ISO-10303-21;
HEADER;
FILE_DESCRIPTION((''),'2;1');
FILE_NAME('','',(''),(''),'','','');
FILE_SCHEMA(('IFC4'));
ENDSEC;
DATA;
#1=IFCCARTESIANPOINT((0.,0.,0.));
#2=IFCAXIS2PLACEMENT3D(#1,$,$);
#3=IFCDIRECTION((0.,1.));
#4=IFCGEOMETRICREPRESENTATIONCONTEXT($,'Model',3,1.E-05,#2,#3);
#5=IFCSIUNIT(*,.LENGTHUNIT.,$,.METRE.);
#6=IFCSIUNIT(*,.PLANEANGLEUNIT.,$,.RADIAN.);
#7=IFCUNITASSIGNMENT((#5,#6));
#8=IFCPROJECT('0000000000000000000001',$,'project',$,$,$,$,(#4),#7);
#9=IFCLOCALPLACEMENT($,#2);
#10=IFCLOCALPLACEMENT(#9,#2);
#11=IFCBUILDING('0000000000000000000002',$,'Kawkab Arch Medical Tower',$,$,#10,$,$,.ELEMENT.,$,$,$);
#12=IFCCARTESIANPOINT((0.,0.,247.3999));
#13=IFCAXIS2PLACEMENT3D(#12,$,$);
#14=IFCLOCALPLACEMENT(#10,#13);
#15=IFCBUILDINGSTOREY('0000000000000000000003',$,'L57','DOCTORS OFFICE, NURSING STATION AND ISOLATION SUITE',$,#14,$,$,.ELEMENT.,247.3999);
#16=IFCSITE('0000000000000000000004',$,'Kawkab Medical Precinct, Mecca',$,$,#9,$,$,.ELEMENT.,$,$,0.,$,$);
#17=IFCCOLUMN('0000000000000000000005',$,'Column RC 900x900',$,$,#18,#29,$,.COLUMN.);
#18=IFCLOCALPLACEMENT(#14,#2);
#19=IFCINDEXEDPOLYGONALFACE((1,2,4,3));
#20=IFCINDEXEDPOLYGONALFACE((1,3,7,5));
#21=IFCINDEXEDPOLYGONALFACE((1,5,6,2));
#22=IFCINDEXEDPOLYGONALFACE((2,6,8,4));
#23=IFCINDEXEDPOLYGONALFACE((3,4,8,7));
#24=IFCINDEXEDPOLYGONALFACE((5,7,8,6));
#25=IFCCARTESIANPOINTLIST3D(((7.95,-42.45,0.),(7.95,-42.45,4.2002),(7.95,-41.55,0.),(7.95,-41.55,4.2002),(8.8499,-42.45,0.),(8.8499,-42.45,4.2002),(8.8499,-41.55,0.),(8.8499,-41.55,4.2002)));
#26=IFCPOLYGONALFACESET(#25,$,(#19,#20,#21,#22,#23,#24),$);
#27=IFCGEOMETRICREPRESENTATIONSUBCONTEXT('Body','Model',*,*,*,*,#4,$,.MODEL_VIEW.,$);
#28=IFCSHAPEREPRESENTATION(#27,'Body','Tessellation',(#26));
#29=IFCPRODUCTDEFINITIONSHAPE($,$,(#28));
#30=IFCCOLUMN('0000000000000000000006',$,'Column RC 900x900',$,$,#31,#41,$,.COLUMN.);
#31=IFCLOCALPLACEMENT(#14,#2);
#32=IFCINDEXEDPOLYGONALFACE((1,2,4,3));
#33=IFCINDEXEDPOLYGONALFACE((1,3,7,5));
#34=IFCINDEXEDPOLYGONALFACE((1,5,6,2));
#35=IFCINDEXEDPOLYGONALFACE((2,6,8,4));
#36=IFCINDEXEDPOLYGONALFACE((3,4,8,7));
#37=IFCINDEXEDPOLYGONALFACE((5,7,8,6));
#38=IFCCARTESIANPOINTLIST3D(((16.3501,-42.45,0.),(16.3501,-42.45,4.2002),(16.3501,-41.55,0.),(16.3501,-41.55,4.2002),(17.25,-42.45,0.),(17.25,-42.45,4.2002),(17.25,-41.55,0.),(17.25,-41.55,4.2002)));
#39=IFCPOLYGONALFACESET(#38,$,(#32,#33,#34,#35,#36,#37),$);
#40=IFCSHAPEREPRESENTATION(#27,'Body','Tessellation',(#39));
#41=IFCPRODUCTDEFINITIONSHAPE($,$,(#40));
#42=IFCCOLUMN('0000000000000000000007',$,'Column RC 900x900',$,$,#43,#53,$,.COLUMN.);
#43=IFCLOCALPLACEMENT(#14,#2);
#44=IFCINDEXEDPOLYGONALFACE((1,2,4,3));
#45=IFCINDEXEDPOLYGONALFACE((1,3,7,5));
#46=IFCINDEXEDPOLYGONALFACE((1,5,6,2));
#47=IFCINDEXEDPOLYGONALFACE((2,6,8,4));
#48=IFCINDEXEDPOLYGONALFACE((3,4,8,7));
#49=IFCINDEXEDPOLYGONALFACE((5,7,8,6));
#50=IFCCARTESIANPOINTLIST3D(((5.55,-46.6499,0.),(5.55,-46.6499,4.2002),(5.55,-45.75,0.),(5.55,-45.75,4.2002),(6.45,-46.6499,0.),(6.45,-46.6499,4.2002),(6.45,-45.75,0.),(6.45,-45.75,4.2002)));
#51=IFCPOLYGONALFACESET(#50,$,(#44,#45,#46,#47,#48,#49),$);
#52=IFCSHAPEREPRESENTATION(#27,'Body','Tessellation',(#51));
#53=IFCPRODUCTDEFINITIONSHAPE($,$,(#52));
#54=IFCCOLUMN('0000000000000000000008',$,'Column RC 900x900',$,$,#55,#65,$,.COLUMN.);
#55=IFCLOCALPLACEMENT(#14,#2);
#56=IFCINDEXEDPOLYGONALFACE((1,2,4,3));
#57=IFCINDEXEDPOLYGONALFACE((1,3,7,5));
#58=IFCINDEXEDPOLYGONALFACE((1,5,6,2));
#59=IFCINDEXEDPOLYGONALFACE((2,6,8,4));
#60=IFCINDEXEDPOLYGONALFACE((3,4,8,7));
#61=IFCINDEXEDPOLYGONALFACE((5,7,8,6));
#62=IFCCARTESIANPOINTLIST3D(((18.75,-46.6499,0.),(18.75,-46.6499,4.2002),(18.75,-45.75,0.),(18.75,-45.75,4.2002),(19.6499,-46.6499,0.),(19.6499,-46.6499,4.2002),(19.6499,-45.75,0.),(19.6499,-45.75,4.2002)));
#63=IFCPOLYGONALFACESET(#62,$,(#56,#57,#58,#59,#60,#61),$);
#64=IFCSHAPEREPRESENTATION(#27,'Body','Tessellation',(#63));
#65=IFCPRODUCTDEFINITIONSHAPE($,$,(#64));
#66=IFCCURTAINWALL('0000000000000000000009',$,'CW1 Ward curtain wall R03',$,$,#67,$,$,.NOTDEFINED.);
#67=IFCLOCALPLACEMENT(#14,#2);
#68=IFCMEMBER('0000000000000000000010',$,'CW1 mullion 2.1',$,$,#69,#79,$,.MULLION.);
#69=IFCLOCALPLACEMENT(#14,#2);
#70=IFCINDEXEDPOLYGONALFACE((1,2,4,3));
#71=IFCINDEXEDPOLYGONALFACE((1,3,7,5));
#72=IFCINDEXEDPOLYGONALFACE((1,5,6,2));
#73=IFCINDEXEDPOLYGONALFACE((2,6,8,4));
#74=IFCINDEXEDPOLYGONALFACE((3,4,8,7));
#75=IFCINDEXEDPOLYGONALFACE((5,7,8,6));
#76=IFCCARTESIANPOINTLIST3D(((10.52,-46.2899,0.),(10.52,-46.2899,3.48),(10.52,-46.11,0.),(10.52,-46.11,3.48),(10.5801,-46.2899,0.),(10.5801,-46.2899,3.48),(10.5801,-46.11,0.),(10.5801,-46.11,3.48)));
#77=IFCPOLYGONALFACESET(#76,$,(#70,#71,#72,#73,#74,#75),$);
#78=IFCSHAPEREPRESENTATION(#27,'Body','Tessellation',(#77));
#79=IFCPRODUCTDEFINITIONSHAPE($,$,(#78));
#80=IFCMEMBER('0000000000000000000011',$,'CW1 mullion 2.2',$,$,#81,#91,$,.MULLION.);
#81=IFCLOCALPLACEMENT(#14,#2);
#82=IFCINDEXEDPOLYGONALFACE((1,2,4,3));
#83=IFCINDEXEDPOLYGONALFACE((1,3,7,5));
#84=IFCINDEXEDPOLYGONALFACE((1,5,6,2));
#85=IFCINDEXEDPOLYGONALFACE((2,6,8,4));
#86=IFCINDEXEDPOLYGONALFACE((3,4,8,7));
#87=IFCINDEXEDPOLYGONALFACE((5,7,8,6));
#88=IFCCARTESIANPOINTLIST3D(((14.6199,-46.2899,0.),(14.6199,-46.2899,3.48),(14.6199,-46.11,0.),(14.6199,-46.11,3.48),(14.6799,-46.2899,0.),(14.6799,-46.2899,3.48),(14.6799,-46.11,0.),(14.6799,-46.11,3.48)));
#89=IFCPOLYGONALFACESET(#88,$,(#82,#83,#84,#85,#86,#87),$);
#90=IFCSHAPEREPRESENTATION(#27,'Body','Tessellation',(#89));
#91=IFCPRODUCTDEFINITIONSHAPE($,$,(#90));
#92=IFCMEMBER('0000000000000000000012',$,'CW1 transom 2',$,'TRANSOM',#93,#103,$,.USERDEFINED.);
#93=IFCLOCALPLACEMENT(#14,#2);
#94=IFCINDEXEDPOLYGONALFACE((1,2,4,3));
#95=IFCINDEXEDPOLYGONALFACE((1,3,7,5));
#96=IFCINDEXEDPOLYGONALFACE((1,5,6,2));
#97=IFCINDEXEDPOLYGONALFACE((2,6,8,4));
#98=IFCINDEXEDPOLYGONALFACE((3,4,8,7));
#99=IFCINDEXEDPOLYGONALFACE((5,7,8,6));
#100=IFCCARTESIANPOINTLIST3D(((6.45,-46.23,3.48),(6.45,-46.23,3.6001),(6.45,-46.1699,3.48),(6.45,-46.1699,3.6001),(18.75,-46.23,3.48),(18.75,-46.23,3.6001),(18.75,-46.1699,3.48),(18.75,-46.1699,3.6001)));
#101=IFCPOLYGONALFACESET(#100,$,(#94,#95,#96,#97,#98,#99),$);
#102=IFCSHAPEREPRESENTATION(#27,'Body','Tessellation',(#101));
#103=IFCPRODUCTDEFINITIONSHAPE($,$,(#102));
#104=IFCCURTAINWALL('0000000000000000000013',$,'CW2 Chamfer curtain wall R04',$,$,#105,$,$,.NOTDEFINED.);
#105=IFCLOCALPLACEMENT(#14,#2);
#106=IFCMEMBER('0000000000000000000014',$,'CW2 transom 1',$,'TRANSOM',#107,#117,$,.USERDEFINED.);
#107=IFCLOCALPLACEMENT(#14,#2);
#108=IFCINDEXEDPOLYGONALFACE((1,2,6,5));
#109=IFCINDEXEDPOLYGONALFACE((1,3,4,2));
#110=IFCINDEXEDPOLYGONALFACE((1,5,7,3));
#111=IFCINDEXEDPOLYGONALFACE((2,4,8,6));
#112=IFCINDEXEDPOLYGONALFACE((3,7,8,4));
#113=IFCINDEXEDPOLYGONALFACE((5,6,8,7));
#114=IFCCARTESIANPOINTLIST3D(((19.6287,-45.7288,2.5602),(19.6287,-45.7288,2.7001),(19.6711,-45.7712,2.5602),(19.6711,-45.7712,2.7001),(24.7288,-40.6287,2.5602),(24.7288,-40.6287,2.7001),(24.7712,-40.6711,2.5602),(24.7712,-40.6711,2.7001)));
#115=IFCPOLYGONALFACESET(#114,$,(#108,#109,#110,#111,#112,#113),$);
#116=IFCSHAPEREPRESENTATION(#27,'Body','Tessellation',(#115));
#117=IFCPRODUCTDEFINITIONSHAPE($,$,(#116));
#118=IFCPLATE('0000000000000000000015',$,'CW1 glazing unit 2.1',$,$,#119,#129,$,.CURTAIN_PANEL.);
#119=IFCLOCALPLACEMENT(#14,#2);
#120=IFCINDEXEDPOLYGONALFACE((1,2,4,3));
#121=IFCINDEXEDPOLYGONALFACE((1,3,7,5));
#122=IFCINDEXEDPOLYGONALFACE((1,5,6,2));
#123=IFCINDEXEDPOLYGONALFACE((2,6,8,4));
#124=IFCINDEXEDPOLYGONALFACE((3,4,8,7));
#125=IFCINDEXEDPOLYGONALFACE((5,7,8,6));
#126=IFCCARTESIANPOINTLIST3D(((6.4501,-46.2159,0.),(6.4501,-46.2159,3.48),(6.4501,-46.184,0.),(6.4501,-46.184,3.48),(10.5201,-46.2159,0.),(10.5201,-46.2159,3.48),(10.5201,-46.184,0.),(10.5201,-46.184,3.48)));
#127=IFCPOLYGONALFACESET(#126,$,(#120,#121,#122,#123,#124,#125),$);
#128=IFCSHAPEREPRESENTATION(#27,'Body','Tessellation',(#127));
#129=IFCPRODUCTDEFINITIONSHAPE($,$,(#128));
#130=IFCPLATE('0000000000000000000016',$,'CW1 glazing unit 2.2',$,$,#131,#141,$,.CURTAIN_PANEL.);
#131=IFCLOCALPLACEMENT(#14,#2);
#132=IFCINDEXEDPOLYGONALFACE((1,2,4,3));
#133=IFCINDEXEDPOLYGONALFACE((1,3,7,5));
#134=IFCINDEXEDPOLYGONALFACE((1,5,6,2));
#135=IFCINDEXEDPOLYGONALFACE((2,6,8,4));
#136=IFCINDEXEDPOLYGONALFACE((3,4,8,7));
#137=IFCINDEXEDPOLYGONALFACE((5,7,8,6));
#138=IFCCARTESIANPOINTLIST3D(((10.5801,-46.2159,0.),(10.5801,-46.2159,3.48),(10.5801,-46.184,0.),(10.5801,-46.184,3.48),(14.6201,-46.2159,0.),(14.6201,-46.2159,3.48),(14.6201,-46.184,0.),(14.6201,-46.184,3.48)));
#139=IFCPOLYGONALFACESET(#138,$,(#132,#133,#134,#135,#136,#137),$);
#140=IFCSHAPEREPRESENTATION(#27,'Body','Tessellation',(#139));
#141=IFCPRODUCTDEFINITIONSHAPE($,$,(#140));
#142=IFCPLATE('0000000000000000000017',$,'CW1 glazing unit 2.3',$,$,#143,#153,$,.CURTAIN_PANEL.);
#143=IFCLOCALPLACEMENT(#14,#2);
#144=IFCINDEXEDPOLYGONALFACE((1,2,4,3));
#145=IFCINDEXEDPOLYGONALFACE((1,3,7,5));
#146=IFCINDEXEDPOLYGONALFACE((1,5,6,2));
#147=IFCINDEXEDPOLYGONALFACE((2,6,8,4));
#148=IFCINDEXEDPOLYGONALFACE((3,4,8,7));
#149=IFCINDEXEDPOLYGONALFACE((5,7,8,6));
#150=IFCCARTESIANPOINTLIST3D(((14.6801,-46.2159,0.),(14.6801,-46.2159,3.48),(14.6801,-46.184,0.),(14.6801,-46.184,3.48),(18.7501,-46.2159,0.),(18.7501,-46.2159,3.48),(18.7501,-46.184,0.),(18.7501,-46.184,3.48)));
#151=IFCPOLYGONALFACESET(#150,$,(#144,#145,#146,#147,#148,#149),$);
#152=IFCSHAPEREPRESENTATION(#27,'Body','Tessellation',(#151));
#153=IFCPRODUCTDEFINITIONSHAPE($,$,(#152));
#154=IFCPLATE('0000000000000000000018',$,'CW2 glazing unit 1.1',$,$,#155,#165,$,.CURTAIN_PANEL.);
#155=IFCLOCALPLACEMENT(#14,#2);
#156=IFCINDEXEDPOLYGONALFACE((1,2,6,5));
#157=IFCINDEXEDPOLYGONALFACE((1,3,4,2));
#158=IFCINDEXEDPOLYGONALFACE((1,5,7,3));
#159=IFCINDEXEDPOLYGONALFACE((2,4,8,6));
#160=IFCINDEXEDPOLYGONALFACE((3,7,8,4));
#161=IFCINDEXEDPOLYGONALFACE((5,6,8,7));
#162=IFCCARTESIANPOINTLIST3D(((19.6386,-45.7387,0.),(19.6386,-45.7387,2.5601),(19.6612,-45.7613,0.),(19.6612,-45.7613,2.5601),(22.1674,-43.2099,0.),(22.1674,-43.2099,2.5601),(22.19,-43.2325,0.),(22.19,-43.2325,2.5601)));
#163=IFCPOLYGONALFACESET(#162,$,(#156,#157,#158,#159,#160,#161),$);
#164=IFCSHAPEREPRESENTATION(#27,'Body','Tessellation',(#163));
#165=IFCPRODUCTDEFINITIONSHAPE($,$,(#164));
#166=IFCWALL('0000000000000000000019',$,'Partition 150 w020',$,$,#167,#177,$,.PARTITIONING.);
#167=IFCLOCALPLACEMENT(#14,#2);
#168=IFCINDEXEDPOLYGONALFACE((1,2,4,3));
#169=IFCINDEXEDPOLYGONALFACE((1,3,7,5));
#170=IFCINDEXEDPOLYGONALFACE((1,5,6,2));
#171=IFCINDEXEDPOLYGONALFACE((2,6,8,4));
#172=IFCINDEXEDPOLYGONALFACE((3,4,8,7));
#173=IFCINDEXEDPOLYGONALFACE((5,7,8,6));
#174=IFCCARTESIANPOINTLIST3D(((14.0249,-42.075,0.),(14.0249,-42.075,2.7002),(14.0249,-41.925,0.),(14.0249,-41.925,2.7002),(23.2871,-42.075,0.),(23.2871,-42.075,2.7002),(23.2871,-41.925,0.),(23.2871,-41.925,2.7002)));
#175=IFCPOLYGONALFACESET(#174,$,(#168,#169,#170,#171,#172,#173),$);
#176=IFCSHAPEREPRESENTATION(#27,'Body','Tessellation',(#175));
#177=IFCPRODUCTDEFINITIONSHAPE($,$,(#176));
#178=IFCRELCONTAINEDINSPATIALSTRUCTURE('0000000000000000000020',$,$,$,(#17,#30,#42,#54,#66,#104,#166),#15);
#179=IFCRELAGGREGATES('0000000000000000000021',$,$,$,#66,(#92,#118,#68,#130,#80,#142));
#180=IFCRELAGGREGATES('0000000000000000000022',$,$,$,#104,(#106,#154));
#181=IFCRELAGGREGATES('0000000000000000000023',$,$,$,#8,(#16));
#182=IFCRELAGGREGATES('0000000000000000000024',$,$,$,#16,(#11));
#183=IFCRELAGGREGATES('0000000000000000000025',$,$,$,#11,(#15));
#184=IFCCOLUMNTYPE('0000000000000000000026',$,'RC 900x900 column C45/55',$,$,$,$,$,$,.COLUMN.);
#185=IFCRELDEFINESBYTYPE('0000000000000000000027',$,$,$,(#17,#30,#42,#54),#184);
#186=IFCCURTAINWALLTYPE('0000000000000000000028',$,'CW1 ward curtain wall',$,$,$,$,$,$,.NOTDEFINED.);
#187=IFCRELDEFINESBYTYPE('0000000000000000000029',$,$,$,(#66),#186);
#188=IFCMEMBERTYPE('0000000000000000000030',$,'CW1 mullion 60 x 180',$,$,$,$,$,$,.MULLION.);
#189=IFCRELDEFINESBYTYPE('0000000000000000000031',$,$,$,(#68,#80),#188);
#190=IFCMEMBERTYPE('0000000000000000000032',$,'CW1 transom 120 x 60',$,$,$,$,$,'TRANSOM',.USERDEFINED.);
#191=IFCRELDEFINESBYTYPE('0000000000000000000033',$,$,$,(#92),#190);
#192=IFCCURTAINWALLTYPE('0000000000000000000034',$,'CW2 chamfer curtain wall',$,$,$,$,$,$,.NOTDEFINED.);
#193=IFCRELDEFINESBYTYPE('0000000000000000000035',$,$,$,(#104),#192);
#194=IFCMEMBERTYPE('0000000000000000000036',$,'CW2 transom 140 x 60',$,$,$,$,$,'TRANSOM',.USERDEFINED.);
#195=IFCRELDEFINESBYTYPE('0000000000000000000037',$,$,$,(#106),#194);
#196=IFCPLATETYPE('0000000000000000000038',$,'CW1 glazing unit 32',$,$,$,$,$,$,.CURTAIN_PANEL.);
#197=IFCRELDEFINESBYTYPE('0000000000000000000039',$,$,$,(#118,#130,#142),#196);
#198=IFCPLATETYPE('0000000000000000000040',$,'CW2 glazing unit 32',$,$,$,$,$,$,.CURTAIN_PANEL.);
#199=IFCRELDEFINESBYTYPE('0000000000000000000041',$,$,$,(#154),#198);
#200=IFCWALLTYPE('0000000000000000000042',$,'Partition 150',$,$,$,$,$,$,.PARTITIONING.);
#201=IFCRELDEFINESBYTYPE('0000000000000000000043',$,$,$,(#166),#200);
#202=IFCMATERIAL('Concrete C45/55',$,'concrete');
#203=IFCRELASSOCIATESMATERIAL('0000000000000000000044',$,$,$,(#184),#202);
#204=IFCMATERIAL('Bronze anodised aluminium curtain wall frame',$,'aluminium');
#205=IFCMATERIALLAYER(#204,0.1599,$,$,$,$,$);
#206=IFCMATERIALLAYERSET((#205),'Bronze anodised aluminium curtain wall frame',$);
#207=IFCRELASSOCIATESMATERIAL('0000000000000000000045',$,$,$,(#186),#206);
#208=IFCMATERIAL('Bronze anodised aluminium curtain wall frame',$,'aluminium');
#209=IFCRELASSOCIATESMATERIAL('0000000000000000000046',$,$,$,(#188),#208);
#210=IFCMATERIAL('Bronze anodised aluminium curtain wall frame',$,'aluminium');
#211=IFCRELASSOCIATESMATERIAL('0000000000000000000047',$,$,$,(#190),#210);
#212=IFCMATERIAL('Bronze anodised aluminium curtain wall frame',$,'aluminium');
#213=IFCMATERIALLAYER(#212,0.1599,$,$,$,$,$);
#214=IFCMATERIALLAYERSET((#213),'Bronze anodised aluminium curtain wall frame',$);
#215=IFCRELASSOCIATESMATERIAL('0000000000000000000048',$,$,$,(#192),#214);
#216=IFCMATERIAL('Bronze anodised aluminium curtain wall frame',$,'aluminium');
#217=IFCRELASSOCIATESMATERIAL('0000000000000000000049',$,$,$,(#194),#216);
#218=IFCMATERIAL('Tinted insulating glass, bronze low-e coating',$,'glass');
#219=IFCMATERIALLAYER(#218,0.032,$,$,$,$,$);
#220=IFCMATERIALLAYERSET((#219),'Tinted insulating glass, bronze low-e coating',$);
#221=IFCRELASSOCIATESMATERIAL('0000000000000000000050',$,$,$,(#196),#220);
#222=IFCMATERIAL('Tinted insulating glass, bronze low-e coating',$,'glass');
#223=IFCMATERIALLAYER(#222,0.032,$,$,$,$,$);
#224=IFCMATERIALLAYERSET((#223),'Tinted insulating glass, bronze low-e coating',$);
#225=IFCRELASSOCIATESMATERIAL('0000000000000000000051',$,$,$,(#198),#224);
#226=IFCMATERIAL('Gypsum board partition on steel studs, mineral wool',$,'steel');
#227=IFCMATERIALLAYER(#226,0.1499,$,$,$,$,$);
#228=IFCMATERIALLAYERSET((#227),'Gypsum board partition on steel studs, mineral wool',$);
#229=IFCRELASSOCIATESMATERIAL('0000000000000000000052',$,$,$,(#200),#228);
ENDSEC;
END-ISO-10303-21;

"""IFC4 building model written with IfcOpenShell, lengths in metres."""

from ifc_helpers import new_model, si_unit, direction, frame, frame_2d, origin, origin_2d, place, context, subcontext, project, spatial, rectangle, extrude, material, layer, layer_set, material_profile, profile_set, type_object, element, aggregate, save


model = new_model("IFC4")

# Units and contexts
model_context = context("Model", 3, precision=1e-05, world=origin(), true_north=direction((0.0, 1.0)))
body_context = subcontext(model_context, "Body", "Model", "MODEL_VIEW")
ifc_project = project(units=[si_unit("LENGTHUNIT", "METRE"), si_unit("PLANEANGLEUNIT", "RADIAN")], contexts=[model_context])

# Site, building, storey
site_placement = place(None, origin())
site = spatial("IfcSite", under=ifc_project, at=site_placement, Name="Kawkab Medical Precinct, Mecca", CompositionType="ELEMENT", RefElevation=0.0)
building_placement = place(site_placement, origin())
building = spatial("IfcBuilding", under=site, at=building_placement, Name="Kawkab Arch Medical Tower", CompositionType="ELEMENT")
storey_placement = place(building_placement, frame((0.0, 0.0, 247.3999)))
storey = spatial("IfcBuildingStorey", under=building, at=storey_placement, Name="L57", Description="DOCTORS OFFICE, NURSING STATION AND ISOLATION SUITE", CompositionType="ELEMENT", Elevation=247.3999)

# Columns
ifc_material_1 = material(Name="Concrete C45/55", Category="concrete")
ifc_material_profile_1 = material_profile(ifc_material_1, rectangle(XDim=0.8999, YDim=0.8999, at=origin_2d()), Name="RC 900x900")
ifc_profile_set_1 = profile_set([ifc_material_profile_1], Name="Concrete C45/55")
column_type = type_object("IfcColumnType", Name="RC 900x900 column C45/55", PredefinedType="COLUMN", material=ifc_profile_set_1)
for number, where, z_axis, x_axis, name in (
    (1, (8.3999, -42.0, 0.0), (0.0, 0.0, 1.0), (1.0, 0.0, 0.0), "Column RC 900x900"),
    (2, (16.8, -42.0, 0.0), (0.0, 0.0, 1.0), (1.0, 0.0, 0.0), "Column RC 900x900"),
    (3, (6.0, -46.2, 0.0), (0.0, 0.0, 1.0), (1.0, 0.0, 0.0), "Column RC 900x900"),
    (4, (19.2, -46.2, 0.0), (0.0, 0.0, 1.0), (1.0, 0.0, 0.0), "Column RC 900x900"),
):
    element("IfcColumn", number, at=place(storey_placement, frame(where, z_axis=z_axis, x_axis=x_axis)), inside=storey, type_object=column_type, Name=name, PredefinedType="COLUMN", context=body_context, shape_type="SweptSolid", body=[
        extrude(rectangle(XDim=0.8999, YDim=0.8999, at=origin_2d()), origin(), (0.0, 0.0, 1.0), 4.2002),
    ])

# Curtain wall, members
ifc_material_2 = material(Name="Bronze anodised aluminium curtain wall frame", Category="aluminium")
ifc_layer_1 = layer(ifc_material_2, 0.1599)
ifc_layer_set_1 = layer_set([ifc_layer_1], Name="Bronze anodised aluminium curtain wall frame")
curtain_wall_type_1 = type_object("IfcCurtainWallType", Name="CW1 ward curtain wall", PredefinedType="NOTDEFINED", material=ifc_layer_set_1)
placement = place(storey_placement, origin())
curtain_wall_1 = element("IfcCurtainWall", 5, at=placement, inside=storey, type_object=curtain_wall_type_1, Name="CW1 Ward curtain wall R03", PredefinedType="NOTDEFINED")
ifc_material_3 = material(Name="Bronze anodised aluminium curtain wall frame", Category="aluminium")
ifc_material_profile_2 = material_profile(ifc_material_3, rectangle(XDim=0.1799, YDim=0.0601, at=origin_2d()), Name="AL 60x180")
ifc_profile_set_2 = profile_set([ifc_material_profile_2], Name="Bronze anodised aluminium curtain wall frame")
member_type_1 = type_object("IfcMemberType", Name="CW1 mullion 60 x 180", PredefinedType="MULLION", material=ifc_profile_set_2)
member_1_placement = place(storey_placement, frame((10.55, -46.2, 0.0), z_axis=(0.0, 0.0, 1.0), x_axis=(0.0, 1.0, 0.0)))
member_1 = element("IfcMember", 6, at=member_1_placement, type_object=member_type_1, Name="CW1 mullion 2.1", PredefinedType="MULLION", context=body_context, shape_type="SweptSolid", body=[
    extrude(rectangle(XDim=0.1799, YDim=0.0601, at=origin_2d()), origin(), (0.0, 0.0, 1.0), 3.48),
])
member_2_placement = place(storey_placement, frame((14.6499, -46.2, 0.0), z_axis=(0.0, 0.0, 1.0), x_axis=(0.0, 1.0, 0.0)))
member_2 = element("IfcMember", 7, at=member_2_placement, type_object=member_type_1, Name="CW1 mullion 2.2", PredefinedType="MULLION", context=body_context, shape_type="SweptSolid", body=[
    extrude(rectangle(XDim=0.1799, YDim=0.0601, at=origin_2d()), origin(), (0.0, 0.0, 1.0), 3.48),
])
ifc_material_4 = material(Name="Bronze anodised aluminium curtain wall frame", Category="aluminium")
ifc_material_profile_3 = material_profile(ifc_material_4, rectangle(XDim=0.0601, YDim=0.1201, at=origin_2d()), Name="AL 60x120")
ifc_profile_set_3 = profile_set([ifc_material_profile_3], Name="Bronze anodised aluminium curtain wall frame")
member_type_2 = type_object("IfcMemberType", Name="CW1 transom 120 x 60", ElementType="TRANSOM", PredefinedType="USERDEFINED", material=ifc_profile_set_3)
member_3_placement = place(storey_placement, frame((6.45, -46.2, 3.54), z_axis=(1.0, 0.0, 0.0), x_axis=(0.0, 1.0, 0.0)))
member_3 = element("IfcMember", 8, at=member_3_placement, type_object=member_type_2, Name="CW1 transom 2", ObjectType="TRANSOM", PredefinedType="USERDEFINED", context=body_context, shape_type="SweptSolid", body=[
    extrude(rectangle(XDim=0.0601, YDim=0.1201, at=origin_2d()), origin(), (0.0, 0.0, 1.0), 12.3),
])

# Curtain wall, member
ifc_material_5 = material(Name="Bronze anodised aluminium curtain wall frame", Category="aluminium")
ifc_layer_2 = layer(ifc_material_5, 0.1599)
ifc_layer_set_2 = layer_set([ifc_layer_2], Name="Bronze anodised aluminium curtain wall frame")
curtain_wall_type_2 = type_object("IfcCurtainWallType", Name="CW2 chamfer curtain wall", PredefinedType="NOTDEFINED", material=ifc_layer_set_2)
curtain_wall_2 = element("IfcCurtainWall", 9, at=placement, inside=storey, type_object=curtain_wall_type_2, Name="CW2 Chamfer curtain wall R04", PredefinedType="NOTDEFINED")
ifc_material_6 = material(Name="Bronze anodised aluminium curtain wall frame", Category="aluminium")
ifc_material_profile_4 = material_profile(ifc_material_6, rectangle(XDim=0.0601, YDim=0.1399, at=origin_2d()), Name="AL 60x140")
ifc_profile_set_4 = profile_set([ifc_material_profile_4], Name="Bronze anodised aluminium curtain wall frame")
member_type_3 = type_object("IfcMemberType", Name="CW2 transom 140 x 60", ElementType="TRANSOM", PredefinedType="USERDEFINED", material=ifc_profile_set_4)
member_4_placement = place(storey_placement, frame((19.6499, -45.75, 2.6301), z_axis=(0.707107, 0.707107, 0.0), x_axis=(-0.707107, 0.707107, 0.0)))
member_4 = element("IfcMember", 10, at=member_4_placement, type_object=member_type_3, Name="CW2 transom 1", ObjectType="TRANSOM", PredefinedType="USERDEFINED", context=body_context, shape_type="SweptSolid", body=[
    extrude(rectangle(XDim=0.0601, YDim=0.1399, at=origin_2d()), origin(), (0.0, 0.0, 1.0), 7.2126),
])

# Plates
ifc_material_7 = material(Name="Tinted insulating glass, bronze low-e coating", Category="glass")
ifc_layer_3 = layer(ifc_material_7, 0.032)
ifc_layer_set_3 = layer_set([ifc_layer_3], Name="Tinted insulating glass, bronze low-e coating")
plate_type_1 = type_object("IfcPlateType", Name="CW1 glazing unit 32", PredefinedType="CURTAIN_PANEL", material=ifc_layer_set_3)
plate_1_placement = place(storey_placement, frame((8.4851, -46.2, 0.0), z_axis=(0.0, 0.0, 1.0), x_axis=(1.0, 0.0, 0.0)))
plate_1 = element("IfcPlate", 11, at=plate_1_placement, type_object=plate_type_1, Name="CW1 glazing unit 2.1", PredefinedType="CURTAIN_PANEL", context=body_context, shape_type="SweptSolid", body=[
    extrude(rectangle(XDim=4.0701, YDim=0.032, at=origin_2d()), origin(), (0.0, 0.0, 1.0), 3.48),
])
plate_2_placement = place(storey_placement, frame((12.6001, -46.2, 0.0), z_axis=(0.0, 0.0, 1.0), x_axis=(1.0, 0.0, 0.0)))
plate_2 = element("IfcPlate", 12, at=plate_2_placement, type_object=plate_type_1, Name="CW1 glazing unit 2.2", PredefinedType="CURTAIN_PANEL", context=body_context, shape_type="SweptSolid", body=[
    extrude(rectangle(XDim=4.04, YDim=0.032, at=origin_2d()), origin(), (0.0, 0.0, 1.0), 3.48),
])
plate_3_placement = place(storey_placement, frame((16.7151, -46.2, 0.0), z_axis=(0.0, 0.0, 1.0), x_axis=(1.0, 0.0, 0.0)))
plate_3 = element("IfcPlate", 13, at=plate_3_placement, type_object=plate_type_1, Name="CW1 glazing unit 2.3", PredefinedType="CURTAIN_PANEL", context=body_context, shape_type="SweptSolid", body=[
    extrude(rectangle(XDim=4.0701, YDim=0.032, at=origin_2d()), origin(), (0.0, 0.0, 1.0), 3.48),
])
aggregate(curtain_wall_1, [member_3, plate_1, member_1, plate_2, member_2, plate_3])
ifc_material_8 = material(Name="Tinted insulating glass, bronze low-e coating", Category="glass")
ifc_layer_4 = layer(ifc_material_8, 0.032)
ifc_layer_set_4 = layer_set([ifc_layer_4], Name="Tinted insulating glass, bronze low-e coating")
plate_type_2 = type_object("IfcPlateType", Name="CW2 glazing unit 32", PredefinedType="CURTAIN_PANEL", material=ifc_layer_set_4)
plate_4_placement = place(storey_placement, frame((20.9143, -44.4856, 0.0), z_axis=(0.0, 0.0, 1.0), x_axis=(0.707107, 0.707107, 0.0)))
plate_4 = element("IfcPlate", 14, at=plate_4_placement, type_object=plate_type_2, Name="CW2 glazing unit 1.1", PredefinedType="CURTAIN_PANEL", context=body_context, shape_type="SweptSolid", body=[
    extrude(rectangle(XDim=3.5762, YDim=0.032, at=origin_2d()), origin(), (0.0, 0.0, 1.0), 2.5601),
])
aggregate(curtain_wall_2, [member_4, plate_4])

# Wall
ifc_material_9 = material(Name="Gypsum board partition on steel studs, mineral wool", Category="steel")
ifc_layer_5 = layer(ifc_material_9, 0.1499)
ifc_layer_set_5 = layer_set([ifc_layer_5], Name="Gypsum board partition on steel studs, mineral wool")
wall_type_1 = type_object("IfcWallType", Name="Partition 150", PredefinedType="PARTITIONING", material=ifc_layer_set_5)
wall_1_placement = place(storey_placement, frame((14.0249, -42.0, 0.0), z_axis=(0.0, 0.0, 1.0), x_axis=(1.0, 0.0, 0.0)))
element("IfcWall", 15, at=wall_1_placement, inside=storey, type_object=wall_type_1, Name="Partition 150 w020", PredefinedType="PARTITIONING", context=body_context, shape_type="SweptSolid", body=[
    extrude(rectangle(XDim=9.2622, YDim=0.1499, at=frame_2d((4.6311, 0.0))), origin(), (0.0, 0.0, 1.0), 2.7002),
])

save(model, "model.ifc")
